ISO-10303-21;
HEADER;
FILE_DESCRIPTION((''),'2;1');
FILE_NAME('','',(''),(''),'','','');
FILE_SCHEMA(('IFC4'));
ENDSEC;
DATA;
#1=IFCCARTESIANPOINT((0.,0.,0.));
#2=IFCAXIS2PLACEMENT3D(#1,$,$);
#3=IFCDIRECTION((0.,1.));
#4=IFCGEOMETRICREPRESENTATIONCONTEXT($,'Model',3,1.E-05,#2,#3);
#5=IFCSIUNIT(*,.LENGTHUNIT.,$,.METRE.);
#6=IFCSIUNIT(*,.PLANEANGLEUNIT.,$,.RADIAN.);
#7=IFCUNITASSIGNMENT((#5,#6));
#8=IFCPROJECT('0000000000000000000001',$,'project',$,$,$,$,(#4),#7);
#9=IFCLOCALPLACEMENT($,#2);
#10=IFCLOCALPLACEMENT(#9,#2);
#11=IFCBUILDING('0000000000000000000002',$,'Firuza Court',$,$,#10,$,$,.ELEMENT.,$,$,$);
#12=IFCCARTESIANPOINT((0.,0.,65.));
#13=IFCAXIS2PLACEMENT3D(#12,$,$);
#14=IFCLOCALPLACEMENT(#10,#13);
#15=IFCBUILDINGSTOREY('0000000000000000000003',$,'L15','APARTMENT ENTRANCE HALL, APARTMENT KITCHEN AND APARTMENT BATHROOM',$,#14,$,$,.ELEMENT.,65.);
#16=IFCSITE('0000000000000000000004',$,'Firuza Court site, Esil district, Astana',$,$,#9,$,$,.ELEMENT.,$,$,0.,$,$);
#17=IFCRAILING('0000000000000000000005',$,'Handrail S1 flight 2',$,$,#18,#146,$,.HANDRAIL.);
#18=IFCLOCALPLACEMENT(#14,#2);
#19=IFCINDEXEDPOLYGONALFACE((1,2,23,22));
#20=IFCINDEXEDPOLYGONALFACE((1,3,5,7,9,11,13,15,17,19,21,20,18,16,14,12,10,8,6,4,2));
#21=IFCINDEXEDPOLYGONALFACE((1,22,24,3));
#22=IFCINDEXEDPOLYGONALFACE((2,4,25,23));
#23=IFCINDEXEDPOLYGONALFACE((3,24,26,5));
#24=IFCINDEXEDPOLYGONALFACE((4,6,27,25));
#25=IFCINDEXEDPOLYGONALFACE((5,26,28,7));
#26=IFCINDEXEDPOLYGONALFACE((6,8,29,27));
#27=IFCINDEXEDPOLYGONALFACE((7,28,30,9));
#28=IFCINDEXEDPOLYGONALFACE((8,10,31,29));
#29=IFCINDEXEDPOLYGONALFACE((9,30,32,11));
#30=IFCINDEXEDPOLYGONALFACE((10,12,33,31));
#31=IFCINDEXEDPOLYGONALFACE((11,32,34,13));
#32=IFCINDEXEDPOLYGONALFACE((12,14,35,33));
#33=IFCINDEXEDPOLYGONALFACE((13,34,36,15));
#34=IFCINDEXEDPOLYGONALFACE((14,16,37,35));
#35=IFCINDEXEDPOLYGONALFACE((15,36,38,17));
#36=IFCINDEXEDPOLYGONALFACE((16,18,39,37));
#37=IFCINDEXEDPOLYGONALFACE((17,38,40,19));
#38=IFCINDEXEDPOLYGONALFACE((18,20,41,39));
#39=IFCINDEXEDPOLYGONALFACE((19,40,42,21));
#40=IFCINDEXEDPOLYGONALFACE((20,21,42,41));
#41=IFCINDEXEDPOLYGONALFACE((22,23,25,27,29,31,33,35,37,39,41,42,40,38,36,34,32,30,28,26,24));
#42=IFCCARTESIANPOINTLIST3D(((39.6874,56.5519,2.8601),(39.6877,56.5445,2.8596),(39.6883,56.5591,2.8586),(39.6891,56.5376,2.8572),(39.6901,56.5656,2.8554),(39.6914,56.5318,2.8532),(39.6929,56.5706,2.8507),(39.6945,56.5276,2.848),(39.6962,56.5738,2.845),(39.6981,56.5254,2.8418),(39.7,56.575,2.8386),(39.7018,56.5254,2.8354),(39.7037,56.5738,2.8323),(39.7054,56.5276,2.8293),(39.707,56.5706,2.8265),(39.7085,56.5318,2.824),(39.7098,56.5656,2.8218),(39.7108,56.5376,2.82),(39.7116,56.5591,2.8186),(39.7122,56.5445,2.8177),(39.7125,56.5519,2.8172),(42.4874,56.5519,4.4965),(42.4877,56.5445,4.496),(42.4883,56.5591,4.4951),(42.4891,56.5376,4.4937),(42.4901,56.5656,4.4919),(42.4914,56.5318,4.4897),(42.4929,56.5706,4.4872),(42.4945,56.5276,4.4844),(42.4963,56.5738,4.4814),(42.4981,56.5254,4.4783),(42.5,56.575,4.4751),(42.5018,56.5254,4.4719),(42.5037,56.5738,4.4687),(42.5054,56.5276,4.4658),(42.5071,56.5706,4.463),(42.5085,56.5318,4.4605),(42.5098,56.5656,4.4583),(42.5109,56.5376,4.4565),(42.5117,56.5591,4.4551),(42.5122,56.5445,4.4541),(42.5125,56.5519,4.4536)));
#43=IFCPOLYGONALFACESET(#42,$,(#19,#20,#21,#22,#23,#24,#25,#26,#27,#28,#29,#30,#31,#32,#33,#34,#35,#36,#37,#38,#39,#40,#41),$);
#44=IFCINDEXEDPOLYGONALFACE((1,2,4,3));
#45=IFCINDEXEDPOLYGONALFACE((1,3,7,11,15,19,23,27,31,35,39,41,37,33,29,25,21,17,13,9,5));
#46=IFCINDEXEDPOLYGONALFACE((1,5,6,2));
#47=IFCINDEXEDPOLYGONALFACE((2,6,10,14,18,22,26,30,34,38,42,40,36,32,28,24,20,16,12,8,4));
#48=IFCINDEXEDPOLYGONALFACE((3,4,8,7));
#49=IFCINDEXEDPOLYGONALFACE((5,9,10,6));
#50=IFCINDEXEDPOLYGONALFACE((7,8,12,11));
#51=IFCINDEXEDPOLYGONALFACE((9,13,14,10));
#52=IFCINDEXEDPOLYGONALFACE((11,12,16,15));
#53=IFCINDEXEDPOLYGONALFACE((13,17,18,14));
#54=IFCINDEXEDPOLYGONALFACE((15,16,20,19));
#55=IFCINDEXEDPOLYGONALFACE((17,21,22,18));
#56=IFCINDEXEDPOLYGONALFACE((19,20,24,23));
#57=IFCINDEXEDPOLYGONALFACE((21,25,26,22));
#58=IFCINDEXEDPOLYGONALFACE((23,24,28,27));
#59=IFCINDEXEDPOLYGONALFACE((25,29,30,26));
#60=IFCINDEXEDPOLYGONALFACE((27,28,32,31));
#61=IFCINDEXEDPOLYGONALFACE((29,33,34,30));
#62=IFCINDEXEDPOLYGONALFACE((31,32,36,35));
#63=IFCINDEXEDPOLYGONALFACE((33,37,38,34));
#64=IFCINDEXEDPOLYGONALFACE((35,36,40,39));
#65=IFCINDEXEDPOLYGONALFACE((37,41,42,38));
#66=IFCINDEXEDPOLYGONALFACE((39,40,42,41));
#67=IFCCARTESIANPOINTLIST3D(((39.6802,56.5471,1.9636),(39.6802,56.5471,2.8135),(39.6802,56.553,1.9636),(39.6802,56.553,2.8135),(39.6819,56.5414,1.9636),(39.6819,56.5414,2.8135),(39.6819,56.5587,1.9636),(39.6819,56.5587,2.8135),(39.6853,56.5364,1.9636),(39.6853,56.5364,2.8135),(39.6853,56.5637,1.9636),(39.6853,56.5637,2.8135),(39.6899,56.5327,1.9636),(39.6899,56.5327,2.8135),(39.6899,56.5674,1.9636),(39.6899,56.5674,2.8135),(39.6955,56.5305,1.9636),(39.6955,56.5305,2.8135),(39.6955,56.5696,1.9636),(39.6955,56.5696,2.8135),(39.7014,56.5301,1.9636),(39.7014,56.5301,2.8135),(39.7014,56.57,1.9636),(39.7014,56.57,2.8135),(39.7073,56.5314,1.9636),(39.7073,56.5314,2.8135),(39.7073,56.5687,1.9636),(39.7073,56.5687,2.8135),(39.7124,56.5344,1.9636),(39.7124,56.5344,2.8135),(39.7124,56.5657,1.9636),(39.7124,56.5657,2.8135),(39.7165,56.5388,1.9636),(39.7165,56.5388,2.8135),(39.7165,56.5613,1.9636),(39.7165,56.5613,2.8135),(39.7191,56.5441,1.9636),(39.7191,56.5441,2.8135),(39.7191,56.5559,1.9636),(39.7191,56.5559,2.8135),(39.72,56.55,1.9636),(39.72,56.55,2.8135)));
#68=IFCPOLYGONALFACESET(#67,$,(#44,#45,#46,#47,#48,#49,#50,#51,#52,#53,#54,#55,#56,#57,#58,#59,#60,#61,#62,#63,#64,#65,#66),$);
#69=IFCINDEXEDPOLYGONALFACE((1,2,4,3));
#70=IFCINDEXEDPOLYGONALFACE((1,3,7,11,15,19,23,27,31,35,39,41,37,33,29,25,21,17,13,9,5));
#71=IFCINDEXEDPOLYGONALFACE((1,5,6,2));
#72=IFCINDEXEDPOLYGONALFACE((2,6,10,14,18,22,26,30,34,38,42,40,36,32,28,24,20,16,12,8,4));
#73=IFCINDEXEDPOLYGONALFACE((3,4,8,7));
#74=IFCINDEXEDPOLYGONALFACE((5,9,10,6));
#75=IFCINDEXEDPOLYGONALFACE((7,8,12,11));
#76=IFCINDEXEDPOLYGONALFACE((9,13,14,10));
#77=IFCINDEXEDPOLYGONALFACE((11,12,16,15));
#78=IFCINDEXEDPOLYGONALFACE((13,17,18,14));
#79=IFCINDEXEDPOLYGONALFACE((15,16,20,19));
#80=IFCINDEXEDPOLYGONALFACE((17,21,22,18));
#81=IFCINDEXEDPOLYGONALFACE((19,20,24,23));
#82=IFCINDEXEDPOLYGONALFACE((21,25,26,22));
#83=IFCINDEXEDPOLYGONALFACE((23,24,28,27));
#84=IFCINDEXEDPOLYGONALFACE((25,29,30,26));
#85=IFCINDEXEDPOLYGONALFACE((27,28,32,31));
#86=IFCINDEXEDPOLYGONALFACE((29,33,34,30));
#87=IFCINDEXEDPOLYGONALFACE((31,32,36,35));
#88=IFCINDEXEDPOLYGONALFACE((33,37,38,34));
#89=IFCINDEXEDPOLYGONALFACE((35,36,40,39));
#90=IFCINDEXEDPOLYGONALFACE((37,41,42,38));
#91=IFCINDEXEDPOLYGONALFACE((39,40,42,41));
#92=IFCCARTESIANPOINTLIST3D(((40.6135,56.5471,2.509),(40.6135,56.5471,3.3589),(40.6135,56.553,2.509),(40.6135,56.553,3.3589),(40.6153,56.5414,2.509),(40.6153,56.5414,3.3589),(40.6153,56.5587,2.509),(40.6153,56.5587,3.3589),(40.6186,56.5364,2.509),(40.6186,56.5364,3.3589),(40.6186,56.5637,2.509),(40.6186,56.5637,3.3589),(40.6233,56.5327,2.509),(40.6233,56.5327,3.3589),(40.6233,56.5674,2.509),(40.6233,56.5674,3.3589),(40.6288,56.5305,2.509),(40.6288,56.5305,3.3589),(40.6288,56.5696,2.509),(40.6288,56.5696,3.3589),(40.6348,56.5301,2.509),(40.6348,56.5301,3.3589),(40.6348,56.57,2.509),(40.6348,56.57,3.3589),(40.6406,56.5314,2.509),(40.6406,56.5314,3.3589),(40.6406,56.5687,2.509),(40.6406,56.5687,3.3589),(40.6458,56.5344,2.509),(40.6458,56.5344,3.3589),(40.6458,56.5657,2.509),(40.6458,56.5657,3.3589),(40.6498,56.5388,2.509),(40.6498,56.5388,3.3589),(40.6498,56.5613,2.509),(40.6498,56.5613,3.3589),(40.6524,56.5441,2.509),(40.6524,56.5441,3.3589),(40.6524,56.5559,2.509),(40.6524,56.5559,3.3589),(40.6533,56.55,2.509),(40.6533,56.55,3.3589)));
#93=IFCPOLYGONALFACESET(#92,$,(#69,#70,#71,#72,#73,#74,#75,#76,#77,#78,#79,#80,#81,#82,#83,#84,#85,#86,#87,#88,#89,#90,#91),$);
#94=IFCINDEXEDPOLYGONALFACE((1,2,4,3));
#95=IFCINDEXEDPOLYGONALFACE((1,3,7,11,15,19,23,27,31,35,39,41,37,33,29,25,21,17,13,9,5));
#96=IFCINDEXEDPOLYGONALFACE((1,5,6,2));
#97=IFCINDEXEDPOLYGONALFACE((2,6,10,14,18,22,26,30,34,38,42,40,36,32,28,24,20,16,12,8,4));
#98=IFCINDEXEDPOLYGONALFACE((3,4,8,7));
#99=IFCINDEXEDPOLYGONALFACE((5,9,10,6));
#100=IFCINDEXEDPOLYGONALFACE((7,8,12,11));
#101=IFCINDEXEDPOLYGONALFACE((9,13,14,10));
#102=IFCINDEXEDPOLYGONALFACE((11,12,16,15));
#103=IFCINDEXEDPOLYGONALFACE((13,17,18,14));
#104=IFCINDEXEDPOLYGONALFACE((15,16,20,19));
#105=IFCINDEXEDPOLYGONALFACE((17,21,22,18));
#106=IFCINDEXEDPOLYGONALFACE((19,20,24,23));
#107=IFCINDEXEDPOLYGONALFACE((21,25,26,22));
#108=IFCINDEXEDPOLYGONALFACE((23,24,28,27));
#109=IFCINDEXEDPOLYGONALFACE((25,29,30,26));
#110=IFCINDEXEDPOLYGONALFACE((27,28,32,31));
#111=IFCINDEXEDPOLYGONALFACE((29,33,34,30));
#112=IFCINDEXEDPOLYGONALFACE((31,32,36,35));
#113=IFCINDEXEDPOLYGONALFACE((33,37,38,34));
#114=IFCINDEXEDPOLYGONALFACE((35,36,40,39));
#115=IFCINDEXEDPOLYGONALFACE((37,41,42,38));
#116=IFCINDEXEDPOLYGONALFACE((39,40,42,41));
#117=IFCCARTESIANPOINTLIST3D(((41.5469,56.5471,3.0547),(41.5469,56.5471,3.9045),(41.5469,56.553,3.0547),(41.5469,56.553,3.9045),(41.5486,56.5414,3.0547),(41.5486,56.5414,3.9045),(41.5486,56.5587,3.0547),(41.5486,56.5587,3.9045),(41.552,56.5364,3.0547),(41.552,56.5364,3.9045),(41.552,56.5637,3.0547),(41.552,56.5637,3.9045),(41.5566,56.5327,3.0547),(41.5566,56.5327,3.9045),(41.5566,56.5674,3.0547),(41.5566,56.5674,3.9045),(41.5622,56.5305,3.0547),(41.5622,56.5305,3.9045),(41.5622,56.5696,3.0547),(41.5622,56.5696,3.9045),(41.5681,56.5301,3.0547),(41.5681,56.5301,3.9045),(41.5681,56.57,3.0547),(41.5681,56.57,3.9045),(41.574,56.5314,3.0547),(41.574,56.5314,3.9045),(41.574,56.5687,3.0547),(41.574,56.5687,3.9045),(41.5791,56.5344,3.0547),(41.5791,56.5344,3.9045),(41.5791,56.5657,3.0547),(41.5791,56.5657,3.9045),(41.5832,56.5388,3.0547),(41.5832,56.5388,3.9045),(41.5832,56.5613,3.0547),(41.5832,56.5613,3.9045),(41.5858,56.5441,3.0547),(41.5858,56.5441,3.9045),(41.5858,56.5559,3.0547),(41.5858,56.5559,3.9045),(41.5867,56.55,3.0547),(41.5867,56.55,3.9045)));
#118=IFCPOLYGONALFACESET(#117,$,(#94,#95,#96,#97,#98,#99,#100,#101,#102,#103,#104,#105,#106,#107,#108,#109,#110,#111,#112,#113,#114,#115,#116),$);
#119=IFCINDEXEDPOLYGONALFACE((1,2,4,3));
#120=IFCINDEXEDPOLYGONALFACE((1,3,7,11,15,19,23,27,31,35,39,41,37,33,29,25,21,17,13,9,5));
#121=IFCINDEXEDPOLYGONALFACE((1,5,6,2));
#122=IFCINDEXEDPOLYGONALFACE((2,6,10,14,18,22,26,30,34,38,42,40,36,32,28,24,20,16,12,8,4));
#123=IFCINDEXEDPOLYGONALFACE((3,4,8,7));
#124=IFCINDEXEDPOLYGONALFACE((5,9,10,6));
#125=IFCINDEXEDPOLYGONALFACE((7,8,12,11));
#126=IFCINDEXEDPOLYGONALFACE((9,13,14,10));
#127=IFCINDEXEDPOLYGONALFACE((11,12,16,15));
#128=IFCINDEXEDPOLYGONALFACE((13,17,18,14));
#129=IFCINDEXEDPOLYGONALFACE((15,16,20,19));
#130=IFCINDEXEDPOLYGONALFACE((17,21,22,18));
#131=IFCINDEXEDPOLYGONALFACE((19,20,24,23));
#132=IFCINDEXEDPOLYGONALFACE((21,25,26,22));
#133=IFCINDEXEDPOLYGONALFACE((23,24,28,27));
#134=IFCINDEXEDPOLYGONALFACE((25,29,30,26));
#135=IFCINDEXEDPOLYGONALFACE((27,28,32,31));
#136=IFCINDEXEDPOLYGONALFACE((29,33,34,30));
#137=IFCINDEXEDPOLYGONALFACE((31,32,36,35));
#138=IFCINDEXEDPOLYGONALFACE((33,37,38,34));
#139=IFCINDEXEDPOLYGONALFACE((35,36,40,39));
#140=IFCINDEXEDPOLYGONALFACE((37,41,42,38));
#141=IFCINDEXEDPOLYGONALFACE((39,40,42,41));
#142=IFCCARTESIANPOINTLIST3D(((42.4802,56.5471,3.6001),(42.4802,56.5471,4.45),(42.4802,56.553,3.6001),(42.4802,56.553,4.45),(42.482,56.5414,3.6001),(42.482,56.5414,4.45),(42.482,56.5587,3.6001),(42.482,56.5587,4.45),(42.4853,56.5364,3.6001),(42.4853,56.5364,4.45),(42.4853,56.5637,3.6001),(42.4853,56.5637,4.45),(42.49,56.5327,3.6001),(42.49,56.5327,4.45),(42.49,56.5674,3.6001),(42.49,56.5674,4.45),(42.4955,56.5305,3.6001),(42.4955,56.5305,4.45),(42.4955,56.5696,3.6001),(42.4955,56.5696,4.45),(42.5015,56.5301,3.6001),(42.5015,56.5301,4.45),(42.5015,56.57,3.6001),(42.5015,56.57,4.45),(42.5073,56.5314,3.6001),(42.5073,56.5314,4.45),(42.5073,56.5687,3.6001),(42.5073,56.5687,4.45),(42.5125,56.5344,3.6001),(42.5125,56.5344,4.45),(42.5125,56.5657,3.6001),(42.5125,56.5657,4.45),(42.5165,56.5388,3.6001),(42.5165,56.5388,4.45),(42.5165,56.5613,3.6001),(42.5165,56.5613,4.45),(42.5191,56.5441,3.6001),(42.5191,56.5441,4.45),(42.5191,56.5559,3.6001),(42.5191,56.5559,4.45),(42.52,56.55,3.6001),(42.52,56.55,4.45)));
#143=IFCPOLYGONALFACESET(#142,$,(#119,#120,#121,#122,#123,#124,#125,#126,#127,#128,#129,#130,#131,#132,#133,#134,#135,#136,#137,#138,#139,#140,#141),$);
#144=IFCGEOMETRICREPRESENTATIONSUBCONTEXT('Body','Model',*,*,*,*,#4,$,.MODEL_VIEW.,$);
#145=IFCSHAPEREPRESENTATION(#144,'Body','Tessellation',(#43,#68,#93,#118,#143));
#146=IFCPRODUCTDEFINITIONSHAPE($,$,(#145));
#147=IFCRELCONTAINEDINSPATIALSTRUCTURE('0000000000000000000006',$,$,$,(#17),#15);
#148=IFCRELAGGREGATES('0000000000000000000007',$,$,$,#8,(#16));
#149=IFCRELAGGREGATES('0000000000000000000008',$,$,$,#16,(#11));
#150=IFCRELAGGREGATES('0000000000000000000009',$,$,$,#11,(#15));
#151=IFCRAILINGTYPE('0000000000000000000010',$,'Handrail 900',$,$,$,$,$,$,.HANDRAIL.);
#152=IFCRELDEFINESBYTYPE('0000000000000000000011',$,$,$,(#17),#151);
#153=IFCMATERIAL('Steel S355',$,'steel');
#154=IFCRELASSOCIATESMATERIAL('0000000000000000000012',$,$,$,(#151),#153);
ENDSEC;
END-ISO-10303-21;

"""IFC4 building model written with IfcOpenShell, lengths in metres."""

from ifc_helpers import new_model, si_unit, direction, frame, origin, origin_2d, place, context, subcontext, project, spatial, circle, extrude, material, type_object, element, save


model = new_model("IFC4")

# Units and contexts
model_context = context("Model", 3, precision=1e-05, world=origin(), true_north=direction((0.0, 1.0)))
body_context = subcontext(model_context, "Body", "Model", "MODEL_VIEW")
ifc_project = project(units=[si_unit("LENGTHUNIT", "METRE"), si_unit("PLANEANGLEUNIT", "RADIAN")], contexts=[model_context])

# Site, building, storey
site_placement = place(None, origin())
site = spatial("IfcSite", under=ifc_project, at=site_placement, Name="Firuza Court site, Esil district, Astana", CompositionType="ELEMENT", RefElevation=0.0)
building_placement = place(site_placement, origin())
building = spatial("IfcBuilding", under=site, at=building_placement, Name="Firuza Court", CompositionType="ELEMENT")
storey_placement = place(building_placement, frame((0.0, 0.0, 65.0)))
storey = spatial("IfcBuildingStorey", under=building, at=storey_placement, Name="L15", Description="APARTMENT ENTRANCE HALL, APARTMENT KITCHEN AND APARTMENT BATHROOM", CompositionType="ELEMENT", Elevation=65.0)

# Railing
ifc_material_1 = material(Name="Steel S355", Category="steel")
railing_type_1 = type_object("IfcRailingType", Name="Handrail 900", PredefinedType="HANDRAIL", material=ifc_material_1)
railing_1_placement = place(storey_placement, frame((39.7, 56.55, 1.9636)))
element("IfcRailing", 1, at=railing_1_placement, inside=storey, type_object=railing_type_1, Name="Handrail S1 flight 2", PredefinedType="HANDRAIL", context=body_context, shape_type="SweptSolid", body=[
    extrude(circle(Radius=0.0249, at=origin_2d()), frame((0.0, 0.0, 0.875), z_axis=(0.863361, 0.0, 0.504587), x_axis=(0.0, 1.0, 0.0)), (0.0, 0.0, 1.0), 3.2432),
    extrude(circle(Radius=0.02, at=origin_2d()), origin(), (0.0, 0.0, 1.0), 0.8499),
    extrude(circle(Radius=0.02, at=origin_2d()), frame((0.9333, 0.0, 0.5454)), (0.0, 0.0, 1.0), 0.8499),
    extrude(circle(Radius=0.02, at=origin_2d()), frame((1.8667, 0.0, 1.0911)), (0.0, 0.0, 1.0), 0.8499),
    extrude(circle(Radius=0.02, at=origin_2d()), frame((2.8, 0.0, 1.6365)), (0.0, 0.0, 1.0), 0.8499),
])

save(model, "model.ifc")
